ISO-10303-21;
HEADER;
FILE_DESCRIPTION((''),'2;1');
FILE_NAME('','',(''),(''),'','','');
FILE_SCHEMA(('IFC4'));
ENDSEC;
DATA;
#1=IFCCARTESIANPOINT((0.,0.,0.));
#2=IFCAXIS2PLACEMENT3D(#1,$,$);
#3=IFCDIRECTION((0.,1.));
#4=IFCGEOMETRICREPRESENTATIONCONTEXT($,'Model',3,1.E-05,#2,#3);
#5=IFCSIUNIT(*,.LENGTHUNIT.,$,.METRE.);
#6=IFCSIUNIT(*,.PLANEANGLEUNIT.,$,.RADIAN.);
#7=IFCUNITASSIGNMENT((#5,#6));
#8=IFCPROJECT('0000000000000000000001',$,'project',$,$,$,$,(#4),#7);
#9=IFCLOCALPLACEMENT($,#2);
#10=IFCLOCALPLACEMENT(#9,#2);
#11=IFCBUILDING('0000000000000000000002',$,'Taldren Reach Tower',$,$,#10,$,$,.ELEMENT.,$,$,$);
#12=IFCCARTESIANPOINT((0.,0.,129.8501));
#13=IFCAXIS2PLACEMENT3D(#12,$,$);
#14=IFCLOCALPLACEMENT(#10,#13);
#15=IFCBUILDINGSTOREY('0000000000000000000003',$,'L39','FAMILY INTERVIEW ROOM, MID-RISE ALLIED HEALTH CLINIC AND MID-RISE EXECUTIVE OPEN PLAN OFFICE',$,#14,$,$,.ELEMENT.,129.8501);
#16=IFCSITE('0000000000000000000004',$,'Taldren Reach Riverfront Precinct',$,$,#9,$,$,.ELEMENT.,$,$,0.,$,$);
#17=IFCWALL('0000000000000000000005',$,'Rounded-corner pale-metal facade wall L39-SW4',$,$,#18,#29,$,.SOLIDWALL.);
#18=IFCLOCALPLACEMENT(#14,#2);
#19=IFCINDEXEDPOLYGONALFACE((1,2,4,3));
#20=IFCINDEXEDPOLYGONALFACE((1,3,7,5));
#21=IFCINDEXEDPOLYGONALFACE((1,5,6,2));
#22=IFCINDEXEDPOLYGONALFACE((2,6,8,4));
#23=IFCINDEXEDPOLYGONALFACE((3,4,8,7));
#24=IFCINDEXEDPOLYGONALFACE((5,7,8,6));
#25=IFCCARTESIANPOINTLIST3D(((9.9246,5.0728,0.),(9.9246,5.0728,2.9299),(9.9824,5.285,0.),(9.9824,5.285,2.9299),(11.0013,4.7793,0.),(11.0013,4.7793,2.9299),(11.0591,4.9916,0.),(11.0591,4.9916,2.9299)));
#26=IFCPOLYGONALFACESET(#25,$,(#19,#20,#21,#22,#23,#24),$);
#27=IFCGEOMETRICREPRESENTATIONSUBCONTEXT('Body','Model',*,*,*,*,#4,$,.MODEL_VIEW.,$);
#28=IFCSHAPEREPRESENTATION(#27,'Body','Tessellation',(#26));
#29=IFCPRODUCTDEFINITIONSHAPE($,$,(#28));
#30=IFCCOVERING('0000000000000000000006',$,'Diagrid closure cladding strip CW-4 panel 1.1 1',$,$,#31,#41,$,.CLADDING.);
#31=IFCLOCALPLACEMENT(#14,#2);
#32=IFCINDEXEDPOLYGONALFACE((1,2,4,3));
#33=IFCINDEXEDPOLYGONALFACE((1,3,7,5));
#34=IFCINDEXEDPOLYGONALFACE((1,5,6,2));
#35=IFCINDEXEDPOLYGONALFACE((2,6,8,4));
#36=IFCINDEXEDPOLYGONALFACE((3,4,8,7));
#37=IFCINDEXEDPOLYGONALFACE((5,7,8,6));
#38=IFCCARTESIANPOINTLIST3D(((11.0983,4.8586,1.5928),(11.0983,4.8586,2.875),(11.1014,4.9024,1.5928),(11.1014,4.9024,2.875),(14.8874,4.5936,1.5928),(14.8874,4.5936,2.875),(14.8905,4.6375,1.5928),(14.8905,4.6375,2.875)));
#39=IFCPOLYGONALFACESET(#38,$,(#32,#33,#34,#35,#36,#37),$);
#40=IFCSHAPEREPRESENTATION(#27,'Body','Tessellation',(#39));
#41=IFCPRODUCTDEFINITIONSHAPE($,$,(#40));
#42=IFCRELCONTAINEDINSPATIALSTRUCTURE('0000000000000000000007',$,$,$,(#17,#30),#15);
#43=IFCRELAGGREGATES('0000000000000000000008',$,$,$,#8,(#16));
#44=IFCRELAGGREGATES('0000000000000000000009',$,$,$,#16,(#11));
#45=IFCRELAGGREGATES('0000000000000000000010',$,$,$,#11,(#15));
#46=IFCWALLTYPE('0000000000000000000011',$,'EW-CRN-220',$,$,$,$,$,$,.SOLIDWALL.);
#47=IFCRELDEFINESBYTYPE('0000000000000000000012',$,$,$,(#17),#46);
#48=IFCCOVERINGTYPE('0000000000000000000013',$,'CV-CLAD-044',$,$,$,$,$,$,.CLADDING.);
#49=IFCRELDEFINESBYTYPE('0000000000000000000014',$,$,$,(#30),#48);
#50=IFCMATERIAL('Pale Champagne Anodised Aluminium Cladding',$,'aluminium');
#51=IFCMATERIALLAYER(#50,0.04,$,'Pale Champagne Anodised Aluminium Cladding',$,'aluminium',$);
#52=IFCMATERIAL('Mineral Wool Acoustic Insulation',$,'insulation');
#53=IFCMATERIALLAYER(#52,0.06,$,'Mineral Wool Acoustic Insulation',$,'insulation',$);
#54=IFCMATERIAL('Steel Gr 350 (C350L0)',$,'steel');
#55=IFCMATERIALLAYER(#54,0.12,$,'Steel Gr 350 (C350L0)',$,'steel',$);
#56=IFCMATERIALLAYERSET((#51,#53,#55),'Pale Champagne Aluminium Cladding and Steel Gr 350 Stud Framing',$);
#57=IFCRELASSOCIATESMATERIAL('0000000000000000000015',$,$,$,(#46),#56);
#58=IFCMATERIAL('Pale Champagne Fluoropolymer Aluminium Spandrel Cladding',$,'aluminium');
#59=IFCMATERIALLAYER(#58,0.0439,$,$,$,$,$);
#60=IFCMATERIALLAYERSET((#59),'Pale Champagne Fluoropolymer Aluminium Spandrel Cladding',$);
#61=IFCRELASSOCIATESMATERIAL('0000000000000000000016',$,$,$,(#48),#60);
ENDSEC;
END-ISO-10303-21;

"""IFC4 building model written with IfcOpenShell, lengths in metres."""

from ifc_helpers import new_model, si_unit, direction, frame, frame_2d, origin, origin_2d, place, context, subcontext, project, spatial, rectangle, extrude, source, transform, mapped, material, layer, layer_set, type_object, element, save


model = new_model("IFC4")

# Units and contexts
model_context = context("Model", 3, precision=1e-05, world=origin(), true_north=direction((0.0, 1.0)))
body_context = subcontext(model_context, "Body", "Model", "MODEL_VIEW")
ifc_project = project(units=[si_unit("LENGTHUNIT", "METRE"), si_unit("PLANEANGLEUNIT", "RADIAN")], contexts=[model_context])

# Site, building, storey
site_placement = place(None, origin())
site = spatial("IfcSite", under=ifc_project, at=site_placement, Name="Taldren Reach Riverfront Precinct", CompositionType="ELEMENT", RefElevation=0.0)
building_placement = place(site_placement, origin())
building = spatial("IfcBuilding", under=site, at=building_placement, Name="Taldren Reach Tower", CompositionType="ELEMENT")
storey_placement = place(building_placement, frame((0.0, 0.0, 129.8501)))
storey = spatial("IfcBuildingStorey", under=building, at=storey_placement, Name="L39", Description="FAMILY INTERVIEW ROOM, MID-RISE ALLIED HEALTH CLINIC AND MID-RISE EXECUTIVE OPEN PLAN OFFICE", CompositionType="ELEMENT", Elevation=129.8501)

# Shared definitions
ifc_material_1 = material(Name="Steel Gr 350 (C350L0)", Category="steel")

# Wall
ifc_material_2 = material(Name="Pale Champagne Anodised Aluminium Cladding", Category="aluminium")
ifc_layer_1 = layer(ifc_material_2, 0.04, Name="Pale Champagne Anodised Aluminium Cladding", Category="aluminium")
ifc_material_3 = material(Name="Mineral Wool Acoustic Insulation", Category="insulation")
ifc_layer_2 = layer(ifc_material_3, 0.06, Name="Mineral Wool Acoustic Insulation", Category="insulation")
ifc_layer_3 = layer(ifc_material_1, 0.12, Name="Steel Gr 350 (C350L0)", Category="steel")
ifc_layer_set_1 = layer_set([ifc_layer_1, ifc_layer_2, ifc_layer_3], Name="Pale Champagne Aluminium Cladding and Steel Gr 350 Stud Framing")
wall_type = type_object("IfcWallType", Name="EW-CRN-220", PredefinedType="SOLIDWALL", material=ifc_layer_set_1)
shared_shape_1 = source(origin(), body_context, "Body", "SweptSolid", [
    extrude(rectangle(XDim=1.116, YDim=0.22, at=frame_2d((0.5581, 0.0))), origin(), (0.0, 0.0, 1.0), 2.9299),
])
for number, where, z_axis, x_axis, name in (
    (1, (9.9534, 5.179, 0.0), (0.0, 0.0, 1.0), (0.964804, -0.262969, 0.0), "Rounded-corner pale-metal facade wall L39-SW4"),
):
    element("IfcWall", number, at=place(storey_placement, frame(where, z_axis=z_axis, x_axis=x_axis)), inside=storey, type_object=wall_type, Name=name, PredefinedType="SOLIDWALL", context=body_context, shape_type="MappedRepresentation", body=[
        mapped(shared_shape_1, transform((0.0, 0.0, 0.0), scale=1.0)),
    ])

# Covering
ifc_material_4 = material(Name="Pale Champagne Fluoropolymer Aluminium Spandrel Cladding", Category="aluminium")
ifc_layer_4 = layer(ifc_material_4, 0.0439)
ifc_layer_set_2 = layer_set([ifc_layer_4], Name="Pale Champagne Fluoropolymer Aluminium Spandrel Cladding")
covering_type = type_object("IfcCoveringType", Name="CV-CLAD-044", PredefinedType="CLADDING", material=ifc_layer_set_2)
shared_shape_2 = source(origin(), body_context, "Body", "SweptSolid", [
    extrude(rectangle(XDim=3.7983, YDim=0.0439, at=origin_2d()), origin(), (0.0, 0.0, 1.0), 1.2822),
])
covering_placement = place(storey_placement, frame((12.9944, 4.748, 1.5928), z_axis=(0.0, 0.0, 1.0), x_axis=(0.997564, -0.069757, 0.0)))
element("IfcCovering", 2, at=covering_placement, inside=storey, type_object=covering_type, Name="Diagrid closure cladding strip CW-4 panel 1.1 1", PredefinedType="CLADDING", context=body_context, shape_type="MappedRepresentation", body=[
    mapped(shared_shape_2, transform((0.0, 0.0, 0.0), scale=1.0)),
])

save(model, "model.ifc")
